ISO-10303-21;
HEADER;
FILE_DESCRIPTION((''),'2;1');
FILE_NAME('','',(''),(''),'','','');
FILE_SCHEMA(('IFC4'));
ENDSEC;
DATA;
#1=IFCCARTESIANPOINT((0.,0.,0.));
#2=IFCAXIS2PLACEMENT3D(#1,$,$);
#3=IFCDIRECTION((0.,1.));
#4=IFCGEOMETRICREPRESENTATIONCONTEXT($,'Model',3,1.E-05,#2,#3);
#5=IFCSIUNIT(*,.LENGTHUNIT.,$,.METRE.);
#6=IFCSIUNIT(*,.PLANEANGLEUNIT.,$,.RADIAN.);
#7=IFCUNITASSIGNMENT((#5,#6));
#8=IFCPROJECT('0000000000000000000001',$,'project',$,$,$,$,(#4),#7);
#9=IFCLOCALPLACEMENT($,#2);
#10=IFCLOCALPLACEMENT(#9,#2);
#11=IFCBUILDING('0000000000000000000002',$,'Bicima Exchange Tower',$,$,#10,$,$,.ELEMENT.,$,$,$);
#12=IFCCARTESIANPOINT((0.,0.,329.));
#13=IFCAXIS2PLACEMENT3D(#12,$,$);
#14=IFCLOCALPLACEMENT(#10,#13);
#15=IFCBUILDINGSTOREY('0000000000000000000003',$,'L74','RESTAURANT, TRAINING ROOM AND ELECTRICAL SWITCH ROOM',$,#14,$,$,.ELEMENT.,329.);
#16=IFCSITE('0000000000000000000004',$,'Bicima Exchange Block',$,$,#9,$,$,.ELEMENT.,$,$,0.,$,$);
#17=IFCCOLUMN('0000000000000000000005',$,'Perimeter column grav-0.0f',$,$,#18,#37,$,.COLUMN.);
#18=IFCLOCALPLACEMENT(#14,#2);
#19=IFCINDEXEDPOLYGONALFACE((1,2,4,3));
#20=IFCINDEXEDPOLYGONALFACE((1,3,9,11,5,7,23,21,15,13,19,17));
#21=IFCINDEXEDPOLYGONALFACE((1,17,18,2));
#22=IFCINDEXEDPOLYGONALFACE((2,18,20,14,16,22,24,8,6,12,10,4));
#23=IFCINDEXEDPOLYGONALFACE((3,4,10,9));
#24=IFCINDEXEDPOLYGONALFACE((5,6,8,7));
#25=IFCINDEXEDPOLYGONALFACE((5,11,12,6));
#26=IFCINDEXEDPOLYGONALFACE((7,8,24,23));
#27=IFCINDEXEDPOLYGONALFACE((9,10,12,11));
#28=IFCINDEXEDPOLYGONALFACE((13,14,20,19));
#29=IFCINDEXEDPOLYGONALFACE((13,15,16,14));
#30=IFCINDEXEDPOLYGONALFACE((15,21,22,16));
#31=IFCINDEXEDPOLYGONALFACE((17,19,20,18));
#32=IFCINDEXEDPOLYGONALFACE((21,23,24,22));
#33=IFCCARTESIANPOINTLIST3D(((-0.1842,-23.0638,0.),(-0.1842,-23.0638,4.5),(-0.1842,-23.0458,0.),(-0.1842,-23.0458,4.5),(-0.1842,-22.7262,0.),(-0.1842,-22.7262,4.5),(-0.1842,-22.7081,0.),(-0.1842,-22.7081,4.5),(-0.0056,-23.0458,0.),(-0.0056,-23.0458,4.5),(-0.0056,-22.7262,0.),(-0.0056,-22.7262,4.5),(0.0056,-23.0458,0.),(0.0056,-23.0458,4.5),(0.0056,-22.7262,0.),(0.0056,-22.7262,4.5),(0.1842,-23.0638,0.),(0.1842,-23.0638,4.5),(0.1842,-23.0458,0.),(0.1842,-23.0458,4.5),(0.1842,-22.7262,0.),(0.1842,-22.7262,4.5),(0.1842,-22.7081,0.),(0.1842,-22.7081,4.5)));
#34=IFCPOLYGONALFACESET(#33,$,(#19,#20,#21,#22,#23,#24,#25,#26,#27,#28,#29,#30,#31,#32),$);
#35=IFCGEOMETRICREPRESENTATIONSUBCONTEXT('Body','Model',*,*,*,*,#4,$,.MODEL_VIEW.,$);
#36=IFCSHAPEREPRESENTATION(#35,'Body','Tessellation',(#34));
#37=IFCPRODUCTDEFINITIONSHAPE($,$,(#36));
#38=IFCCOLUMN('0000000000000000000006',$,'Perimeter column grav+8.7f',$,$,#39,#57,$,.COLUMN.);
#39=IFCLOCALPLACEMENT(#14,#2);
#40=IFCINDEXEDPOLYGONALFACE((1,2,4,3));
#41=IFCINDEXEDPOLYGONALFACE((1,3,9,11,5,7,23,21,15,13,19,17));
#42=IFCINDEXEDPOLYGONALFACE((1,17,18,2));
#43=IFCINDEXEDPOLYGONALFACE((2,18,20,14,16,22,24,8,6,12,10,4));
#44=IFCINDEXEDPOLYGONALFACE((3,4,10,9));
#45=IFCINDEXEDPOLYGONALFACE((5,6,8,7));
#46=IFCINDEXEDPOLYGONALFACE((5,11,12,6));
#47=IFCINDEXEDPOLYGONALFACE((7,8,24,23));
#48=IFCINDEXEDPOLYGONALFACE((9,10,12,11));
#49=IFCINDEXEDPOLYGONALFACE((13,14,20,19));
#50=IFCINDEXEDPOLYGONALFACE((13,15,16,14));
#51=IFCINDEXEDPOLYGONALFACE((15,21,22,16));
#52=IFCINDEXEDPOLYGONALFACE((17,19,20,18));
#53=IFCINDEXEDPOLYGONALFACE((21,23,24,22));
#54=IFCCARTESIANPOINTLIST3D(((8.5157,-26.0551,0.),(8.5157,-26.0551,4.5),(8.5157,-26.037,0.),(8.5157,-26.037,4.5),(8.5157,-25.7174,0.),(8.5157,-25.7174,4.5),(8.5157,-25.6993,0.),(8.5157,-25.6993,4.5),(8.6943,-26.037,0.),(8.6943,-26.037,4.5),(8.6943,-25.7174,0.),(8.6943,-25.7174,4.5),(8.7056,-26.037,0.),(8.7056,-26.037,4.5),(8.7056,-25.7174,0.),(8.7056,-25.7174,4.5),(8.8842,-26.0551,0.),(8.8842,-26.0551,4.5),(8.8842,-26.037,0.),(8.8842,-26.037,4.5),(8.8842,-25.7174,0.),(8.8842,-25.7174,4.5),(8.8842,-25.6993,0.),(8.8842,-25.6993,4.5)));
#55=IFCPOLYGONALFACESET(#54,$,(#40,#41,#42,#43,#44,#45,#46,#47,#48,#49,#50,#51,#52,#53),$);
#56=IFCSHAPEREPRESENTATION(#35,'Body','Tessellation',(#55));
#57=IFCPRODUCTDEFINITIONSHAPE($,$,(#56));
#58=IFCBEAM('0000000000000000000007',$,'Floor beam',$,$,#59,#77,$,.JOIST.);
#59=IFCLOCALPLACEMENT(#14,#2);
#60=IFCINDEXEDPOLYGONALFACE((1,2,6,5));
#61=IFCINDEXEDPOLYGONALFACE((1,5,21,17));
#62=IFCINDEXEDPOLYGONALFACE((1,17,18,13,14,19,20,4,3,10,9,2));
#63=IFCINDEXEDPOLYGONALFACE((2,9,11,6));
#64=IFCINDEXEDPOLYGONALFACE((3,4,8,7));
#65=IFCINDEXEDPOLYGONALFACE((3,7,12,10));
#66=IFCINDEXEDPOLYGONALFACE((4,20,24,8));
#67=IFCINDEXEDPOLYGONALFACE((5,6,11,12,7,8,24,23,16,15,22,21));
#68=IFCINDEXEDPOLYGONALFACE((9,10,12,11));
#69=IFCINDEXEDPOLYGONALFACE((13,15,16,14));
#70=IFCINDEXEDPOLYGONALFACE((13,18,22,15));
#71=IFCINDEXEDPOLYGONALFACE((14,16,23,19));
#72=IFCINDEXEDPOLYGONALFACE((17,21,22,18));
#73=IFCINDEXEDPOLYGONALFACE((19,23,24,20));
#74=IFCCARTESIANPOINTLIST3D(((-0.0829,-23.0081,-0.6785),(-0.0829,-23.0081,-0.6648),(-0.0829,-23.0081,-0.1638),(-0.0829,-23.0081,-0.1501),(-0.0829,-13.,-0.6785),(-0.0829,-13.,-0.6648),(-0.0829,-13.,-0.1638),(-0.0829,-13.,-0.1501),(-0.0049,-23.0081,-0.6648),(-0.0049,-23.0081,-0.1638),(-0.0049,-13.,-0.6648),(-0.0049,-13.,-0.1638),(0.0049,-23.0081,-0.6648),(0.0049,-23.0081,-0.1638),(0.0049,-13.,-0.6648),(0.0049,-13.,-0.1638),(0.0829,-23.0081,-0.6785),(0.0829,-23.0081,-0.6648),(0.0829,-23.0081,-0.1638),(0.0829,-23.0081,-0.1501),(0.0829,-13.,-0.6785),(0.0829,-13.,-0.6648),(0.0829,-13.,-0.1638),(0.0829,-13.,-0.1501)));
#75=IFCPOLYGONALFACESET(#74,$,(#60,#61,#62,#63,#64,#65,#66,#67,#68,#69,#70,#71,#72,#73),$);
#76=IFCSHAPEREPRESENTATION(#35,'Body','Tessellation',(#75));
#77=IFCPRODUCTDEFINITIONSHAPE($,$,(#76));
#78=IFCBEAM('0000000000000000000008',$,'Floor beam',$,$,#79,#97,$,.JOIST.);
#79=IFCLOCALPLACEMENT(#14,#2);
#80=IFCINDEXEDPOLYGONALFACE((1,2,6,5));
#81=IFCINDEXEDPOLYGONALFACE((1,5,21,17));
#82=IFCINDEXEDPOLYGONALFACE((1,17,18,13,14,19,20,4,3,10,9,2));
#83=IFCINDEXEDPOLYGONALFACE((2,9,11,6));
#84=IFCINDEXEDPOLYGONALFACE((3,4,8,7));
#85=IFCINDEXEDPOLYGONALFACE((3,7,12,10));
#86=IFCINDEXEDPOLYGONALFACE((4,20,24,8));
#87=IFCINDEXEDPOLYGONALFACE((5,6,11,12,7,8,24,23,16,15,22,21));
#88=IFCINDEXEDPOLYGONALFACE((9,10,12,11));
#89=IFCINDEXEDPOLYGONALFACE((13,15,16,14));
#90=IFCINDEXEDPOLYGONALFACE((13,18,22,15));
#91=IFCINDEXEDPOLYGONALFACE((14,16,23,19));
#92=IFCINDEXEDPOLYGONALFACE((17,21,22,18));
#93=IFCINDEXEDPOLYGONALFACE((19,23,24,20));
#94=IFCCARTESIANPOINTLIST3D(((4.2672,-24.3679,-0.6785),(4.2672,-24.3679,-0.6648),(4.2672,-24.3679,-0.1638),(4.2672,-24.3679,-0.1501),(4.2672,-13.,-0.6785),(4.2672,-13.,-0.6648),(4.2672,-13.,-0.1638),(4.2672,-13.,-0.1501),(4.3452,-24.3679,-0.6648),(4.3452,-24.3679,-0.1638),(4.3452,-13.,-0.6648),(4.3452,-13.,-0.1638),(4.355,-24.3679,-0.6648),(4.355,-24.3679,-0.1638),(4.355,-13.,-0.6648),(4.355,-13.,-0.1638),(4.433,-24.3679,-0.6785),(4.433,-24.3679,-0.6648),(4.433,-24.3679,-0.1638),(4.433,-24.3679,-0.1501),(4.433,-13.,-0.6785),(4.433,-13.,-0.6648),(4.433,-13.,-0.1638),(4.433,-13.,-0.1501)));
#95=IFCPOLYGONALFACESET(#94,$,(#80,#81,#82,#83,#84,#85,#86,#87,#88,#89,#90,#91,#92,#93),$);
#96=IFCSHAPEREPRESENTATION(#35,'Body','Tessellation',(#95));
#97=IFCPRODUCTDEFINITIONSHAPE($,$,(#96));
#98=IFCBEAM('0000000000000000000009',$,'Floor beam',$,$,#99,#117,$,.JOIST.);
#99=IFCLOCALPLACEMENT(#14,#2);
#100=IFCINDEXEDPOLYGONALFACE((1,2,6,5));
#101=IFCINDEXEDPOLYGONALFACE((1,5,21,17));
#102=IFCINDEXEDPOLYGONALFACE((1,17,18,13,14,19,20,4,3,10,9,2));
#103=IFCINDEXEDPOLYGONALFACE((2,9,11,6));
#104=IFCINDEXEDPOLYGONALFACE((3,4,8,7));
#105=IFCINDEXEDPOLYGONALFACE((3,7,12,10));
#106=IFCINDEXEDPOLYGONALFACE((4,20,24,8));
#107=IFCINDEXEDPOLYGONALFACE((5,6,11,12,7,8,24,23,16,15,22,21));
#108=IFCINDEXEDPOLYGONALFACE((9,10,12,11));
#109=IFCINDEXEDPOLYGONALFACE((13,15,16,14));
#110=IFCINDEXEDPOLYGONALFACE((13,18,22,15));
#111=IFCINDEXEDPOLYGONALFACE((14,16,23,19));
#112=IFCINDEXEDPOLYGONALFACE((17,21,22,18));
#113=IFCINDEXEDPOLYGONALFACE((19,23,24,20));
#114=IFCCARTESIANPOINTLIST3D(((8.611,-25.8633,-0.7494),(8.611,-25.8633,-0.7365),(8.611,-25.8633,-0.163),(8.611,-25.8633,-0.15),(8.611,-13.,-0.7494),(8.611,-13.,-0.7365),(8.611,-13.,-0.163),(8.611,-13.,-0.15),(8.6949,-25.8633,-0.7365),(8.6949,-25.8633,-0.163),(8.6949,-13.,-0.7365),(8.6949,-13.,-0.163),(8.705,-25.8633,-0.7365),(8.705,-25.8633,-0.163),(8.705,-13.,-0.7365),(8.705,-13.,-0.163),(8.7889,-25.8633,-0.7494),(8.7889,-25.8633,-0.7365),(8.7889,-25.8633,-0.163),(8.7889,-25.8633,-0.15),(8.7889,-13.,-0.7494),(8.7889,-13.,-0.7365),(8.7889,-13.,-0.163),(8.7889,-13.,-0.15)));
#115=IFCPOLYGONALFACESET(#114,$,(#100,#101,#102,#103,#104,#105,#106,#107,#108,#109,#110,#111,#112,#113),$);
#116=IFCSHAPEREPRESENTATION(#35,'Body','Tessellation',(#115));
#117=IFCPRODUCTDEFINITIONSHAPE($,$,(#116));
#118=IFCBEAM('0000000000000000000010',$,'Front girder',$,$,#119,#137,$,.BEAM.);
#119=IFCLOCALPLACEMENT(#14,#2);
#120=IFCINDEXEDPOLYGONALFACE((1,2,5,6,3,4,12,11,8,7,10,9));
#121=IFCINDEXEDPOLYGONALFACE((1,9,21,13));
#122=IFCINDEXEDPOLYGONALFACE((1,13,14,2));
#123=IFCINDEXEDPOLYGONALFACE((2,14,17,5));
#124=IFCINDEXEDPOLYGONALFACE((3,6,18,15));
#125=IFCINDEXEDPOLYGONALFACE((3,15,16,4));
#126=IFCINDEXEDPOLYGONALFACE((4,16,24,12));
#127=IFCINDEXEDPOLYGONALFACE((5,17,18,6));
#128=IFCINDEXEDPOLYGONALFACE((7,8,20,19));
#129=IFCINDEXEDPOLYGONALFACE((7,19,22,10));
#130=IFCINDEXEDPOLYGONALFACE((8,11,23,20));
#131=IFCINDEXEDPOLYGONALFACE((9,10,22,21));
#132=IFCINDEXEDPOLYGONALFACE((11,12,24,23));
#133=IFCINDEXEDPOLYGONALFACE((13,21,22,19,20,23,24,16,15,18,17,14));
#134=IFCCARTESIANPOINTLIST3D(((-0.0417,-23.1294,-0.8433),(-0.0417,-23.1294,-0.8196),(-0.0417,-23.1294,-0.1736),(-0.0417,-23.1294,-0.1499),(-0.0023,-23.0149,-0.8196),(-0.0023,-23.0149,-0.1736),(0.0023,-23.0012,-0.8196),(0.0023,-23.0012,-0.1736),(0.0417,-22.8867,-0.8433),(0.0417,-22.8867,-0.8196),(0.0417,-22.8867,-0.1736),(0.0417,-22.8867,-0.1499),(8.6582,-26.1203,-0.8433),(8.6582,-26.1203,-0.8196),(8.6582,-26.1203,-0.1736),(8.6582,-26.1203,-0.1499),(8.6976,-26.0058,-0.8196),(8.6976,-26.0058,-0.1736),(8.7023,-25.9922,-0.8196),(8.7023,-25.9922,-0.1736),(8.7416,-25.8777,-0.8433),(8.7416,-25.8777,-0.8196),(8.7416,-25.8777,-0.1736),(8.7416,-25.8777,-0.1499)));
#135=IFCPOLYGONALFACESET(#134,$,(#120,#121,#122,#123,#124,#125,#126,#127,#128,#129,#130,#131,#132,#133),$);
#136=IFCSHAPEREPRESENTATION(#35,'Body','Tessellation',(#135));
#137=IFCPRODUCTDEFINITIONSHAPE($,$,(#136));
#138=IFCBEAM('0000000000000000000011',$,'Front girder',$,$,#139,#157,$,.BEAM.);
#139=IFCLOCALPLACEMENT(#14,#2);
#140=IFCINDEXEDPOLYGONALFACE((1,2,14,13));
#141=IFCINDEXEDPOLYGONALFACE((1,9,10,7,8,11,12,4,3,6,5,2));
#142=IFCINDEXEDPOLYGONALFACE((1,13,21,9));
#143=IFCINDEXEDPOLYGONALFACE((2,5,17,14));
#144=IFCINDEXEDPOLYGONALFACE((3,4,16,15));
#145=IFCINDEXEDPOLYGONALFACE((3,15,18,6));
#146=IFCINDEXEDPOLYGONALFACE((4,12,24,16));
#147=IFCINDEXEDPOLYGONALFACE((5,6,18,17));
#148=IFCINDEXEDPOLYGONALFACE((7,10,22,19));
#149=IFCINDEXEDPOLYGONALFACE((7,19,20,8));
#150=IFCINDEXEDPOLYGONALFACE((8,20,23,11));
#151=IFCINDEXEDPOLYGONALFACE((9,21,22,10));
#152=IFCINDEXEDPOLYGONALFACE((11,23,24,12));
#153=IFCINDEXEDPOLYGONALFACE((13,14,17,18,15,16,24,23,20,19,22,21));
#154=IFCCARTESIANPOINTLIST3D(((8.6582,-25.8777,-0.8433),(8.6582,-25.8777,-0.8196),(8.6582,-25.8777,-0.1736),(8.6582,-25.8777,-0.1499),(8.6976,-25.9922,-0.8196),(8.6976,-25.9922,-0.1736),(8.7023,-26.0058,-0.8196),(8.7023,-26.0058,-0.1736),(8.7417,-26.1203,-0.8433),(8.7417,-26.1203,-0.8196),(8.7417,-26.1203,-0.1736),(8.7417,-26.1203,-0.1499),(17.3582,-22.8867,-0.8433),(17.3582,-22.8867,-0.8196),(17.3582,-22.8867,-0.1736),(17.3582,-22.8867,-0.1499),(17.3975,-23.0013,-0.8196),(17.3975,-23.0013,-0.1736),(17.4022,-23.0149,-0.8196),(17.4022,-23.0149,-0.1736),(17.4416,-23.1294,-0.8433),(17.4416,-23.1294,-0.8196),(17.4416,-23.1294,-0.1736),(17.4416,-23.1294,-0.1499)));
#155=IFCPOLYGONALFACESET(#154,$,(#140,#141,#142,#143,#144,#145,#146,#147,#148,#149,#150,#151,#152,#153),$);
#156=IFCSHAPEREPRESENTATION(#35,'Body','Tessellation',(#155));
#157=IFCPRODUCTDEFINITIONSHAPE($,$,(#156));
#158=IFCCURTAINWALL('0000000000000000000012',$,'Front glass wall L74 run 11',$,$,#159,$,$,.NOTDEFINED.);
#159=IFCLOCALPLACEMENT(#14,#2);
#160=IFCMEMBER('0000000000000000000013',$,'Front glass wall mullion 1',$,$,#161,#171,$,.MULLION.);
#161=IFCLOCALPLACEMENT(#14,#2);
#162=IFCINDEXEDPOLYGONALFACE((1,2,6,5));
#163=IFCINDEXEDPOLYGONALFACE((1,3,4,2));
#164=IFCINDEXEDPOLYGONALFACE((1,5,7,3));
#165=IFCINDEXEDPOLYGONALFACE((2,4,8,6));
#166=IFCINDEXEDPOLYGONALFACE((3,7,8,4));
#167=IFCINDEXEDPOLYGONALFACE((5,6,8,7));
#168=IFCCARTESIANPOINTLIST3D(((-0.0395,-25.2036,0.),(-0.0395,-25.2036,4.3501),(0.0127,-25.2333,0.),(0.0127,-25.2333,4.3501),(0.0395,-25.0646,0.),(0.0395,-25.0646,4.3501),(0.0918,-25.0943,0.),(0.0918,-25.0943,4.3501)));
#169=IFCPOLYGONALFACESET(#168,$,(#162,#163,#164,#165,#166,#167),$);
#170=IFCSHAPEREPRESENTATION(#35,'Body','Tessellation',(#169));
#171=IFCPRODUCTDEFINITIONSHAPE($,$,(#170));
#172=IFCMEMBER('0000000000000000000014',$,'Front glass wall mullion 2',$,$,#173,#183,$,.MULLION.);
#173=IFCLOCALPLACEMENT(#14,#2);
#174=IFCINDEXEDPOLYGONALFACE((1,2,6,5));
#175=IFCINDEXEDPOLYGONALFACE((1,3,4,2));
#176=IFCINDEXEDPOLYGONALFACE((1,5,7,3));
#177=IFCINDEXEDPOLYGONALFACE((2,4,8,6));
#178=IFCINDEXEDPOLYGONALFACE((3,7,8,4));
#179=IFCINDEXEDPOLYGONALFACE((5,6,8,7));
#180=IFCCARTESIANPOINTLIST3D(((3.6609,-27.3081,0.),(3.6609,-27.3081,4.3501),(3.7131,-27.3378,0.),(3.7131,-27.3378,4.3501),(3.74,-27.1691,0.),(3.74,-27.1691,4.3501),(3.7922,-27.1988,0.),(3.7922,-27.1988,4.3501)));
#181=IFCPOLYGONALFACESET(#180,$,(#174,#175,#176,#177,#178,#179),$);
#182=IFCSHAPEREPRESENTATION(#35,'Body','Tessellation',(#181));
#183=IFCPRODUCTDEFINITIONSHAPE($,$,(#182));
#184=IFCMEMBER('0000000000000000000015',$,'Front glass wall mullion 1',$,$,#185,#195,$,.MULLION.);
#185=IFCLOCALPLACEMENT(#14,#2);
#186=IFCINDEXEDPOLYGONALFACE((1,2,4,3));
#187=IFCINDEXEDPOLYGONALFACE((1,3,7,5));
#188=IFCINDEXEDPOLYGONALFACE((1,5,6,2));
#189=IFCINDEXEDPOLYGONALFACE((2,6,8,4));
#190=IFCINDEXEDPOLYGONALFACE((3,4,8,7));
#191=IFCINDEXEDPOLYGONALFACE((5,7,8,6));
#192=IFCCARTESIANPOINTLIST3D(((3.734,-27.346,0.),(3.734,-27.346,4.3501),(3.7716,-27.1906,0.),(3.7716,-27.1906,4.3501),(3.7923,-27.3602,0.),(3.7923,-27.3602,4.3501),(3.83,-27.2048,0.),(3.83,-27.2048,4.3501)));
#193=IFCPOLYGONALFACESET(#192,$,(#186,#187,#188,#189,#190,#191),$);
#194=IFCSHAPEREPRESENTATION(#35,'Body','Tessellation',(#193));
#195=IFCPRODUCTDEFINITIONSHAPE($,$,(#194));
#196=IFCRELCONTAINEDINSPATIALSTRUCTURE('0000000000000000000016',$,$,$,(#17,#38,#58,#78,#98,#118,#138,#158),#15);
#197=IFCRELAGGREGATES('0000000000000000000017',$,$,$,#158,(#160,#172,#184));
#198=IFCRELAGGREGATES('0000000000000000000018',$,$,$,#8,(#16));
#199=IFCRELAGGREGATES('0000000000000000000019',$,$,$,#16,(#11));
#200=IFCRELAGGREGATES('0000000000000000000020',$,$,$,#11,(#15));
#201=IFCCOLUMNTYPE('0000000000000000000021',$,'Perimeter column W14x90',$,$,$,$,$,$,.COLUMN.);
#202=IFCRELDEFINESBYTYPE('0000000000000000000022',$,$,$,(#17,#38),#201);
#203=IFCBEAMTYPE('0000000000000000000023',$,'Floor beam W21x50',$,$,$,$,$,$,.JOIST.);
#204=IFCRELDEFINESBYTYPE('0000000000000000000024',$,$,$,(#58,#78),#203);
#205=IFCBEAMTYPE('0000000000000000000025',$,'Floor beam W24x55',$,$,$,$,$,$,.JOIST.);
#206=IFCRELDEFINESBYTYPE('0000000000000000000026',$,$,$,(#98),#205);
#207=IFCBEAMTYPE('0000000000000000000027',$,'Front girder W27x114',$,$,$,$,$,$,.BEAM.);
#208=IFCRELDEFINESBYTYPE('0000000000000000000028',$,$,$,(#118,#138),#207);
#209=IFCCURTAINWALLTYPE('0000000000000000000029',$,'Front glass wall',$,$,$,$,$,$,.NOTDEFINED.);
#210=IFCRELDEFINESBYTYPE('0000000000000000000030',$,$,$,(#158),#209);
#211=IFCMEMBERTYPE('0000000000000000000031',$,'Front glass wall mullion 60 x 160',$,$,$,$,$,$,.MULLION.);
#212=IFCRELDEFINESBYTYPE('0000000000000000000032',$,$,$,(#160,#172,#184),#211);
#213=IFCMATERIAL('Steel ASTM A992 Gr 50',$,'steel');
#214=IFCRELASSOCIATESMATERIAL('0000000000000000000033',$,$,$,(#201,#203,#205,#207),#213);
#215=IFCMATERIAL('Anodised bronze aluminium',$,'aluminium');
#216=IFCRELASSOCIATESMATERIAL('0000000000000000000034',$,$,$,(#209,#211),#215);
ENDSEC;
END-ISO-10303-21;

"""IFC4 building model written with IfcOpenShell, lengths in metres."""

from ifc_helpers import new_model, si_unit, direction, frame, origin, origin_2d, place, context, subcontext, project, spatial, rectangle, i_section, extrude, material, material_profile, profile_set, type_object, element, aggregate, save


model = new_model("IFC4")

# Units and contexts
model_context = context("Model", 3, precision=1e-05, world=origin(), true_north=direction((0.0, 1.0)))
body_context = subcontext(model_context, "Body", "Model", "MODEL_VIEW")
ifc_project = project(units=[si_unit("LENGTHUNIT", "METRE"), si_unit("PLANEANGLEUNIT", "RADIAN")], contexts=[model_context])

# Site, building, storey
site_placement = place(None, origin())
site = spatial("IfcSite", under=ifc_project, at=site_placement, Name="Bicima Exchange Block", CompositionType="ELEMENT", RefElevation=0.0)
building_placement = place(site_placement, origin())
building = spatial("IfcBuilding", under=site, at=building_placement, Name="Bicima Exchange Tower", CompositionType="ELEMENT")
storey_placement = place(building_placement, frame((0.0, 0.0, 329.0)))
storey = spatial("IfcBuildingStorey", under=building, at=storey_placement, Name="L74", Description="RESTAURANT, TRAINING ROOM AND ELECTRICAL SWITCH ROOM", CompositionType="ELEMENT", Elevation=329.0)

# Columns
ifc_material_1 = material(Name="Steel ASTM A992 Gr 50", Category="steel")
ifc_material_profile_1 = material_profile(ifc_material_1, i_section(OverallWidth=0.3684, OverallDepth=0.3557, WebThickness=0.0112, FlangeThickness=0.0181, at=origin_2d()))
ifc_profile_set_1 = profile_set([ifc_material_profile_1], Name="Steel ASTM A992 Gr 50")
column_type = type_object("IfcColumnType", Name="Perimeter column W14x90", PredefinedType="COLUMN", material=ifc_profile_set_1)
for number, where, z_axis, x_axis, name in (
    (1, (0.0, -22.886, 0.0), (0.0, 0.0, 1.0), (1.0, 0.0, 0.0), "Perimeter column grav-0.0f"),
    (2, (8.7, -25.8772, 0.0), (0.0, 0.0, 1.0), (1.0, 0.0, 0.0), "Perimeter column grav+8.7f"),
):
    element("IfcColumn", number, at=place(storey_placement, frame(where, z_axis=z_axis, x_axis=x_axis)), inside=storey, type_object=column_type, Name=name, PredefinedType="COLUMN", context=body_context, shape_type="SweptSolid", body=[
        extrude(i_section(OverallWidth=0.3684, OverallDepth=0.3557, WebThickness=0.0112, FlangeThickness=0.0181, at=origin_2d()), origin(), (0.0, 0.0, 1.0), 4.5),
    ])

# Beams
ifc_material_profile_2 = material_profile(ifc_material_1, i_section(OverallWidth=0.1658, OverallDepth=0.5283, WebThickness=0.0098, FlangeThickness=0.0137, at=origin_2d()))
ifc_profile_set_2 = profile_set([ifc_material_profile_2], Name="Steel ASTM A992 Gr 50")
beam_type_1 = type_object("IfcBeamType", Name="Floor beam W21x50", PredefinedType="JOIST", material=ifc_profile_set_2)
beam_1_placement = place(storey_placement, frame((0.0, -13.0, -0.4143), z_axis=(0.0, -1.0, 0.0), x_axis=(1.0, 0.0, 0.0)))
element("IfcBeam", 3, at=beam_1_placement, inside=storey, type_object=beam_type_1, Name="Floor beam", PredefinedType="JOIST", context=body_context, shape_type="SweptSolid", body=[
    extrude(i_section(OverallWidth=0.1658, OverallDepth=0.5283, WebThickness=0.0098, FlangeThickness=0.0137, at=origin_2d()), origin(), (0.0, 0.0, 1.0), 10.0081),
])
beam_2_placement = place(storey_placement, frame((4.3501, -13.0, -0.4143), z_axis=(0.0, -1.0, 0.0), x_axis=(1.0, 0.0, 0.0)))
element("IfcBeam", 4, at=beam_2_placement, inside=storey, type_object=beam_type_1, Name="Floor beam", PredefinedType="JOIST", context=body_context, shape_type="SweptSolid", body=[
    extrude(i_section(OverallWidth=0.1658, OverallDepth=0.5283, WebThickness=0.0098, FlangeThickness=0.0137, at=origin_2d()), origin(), (0.0, 0.0, 1.0), 11.3679),
])
ifc_material_profile_3 = material_profile(ifc_material_1, i_section(OverallWidth=0.178, OverallDepth=0.5994, WebThickness=0.01, FlangeThickness=0.0129, at=origin_2d()))
ifc_profile_set_3 = profile_set([ifc_material_profile_3], Name="Steel ASTM A992 Gr 50")
beam_type_2 = type_object("IfcBeamType", Name="Floor beam W24x55", PredefinedType="JOIST", material=ifc_profile_set_3)
beam_3_placement = place(storey_placement, frame((8.7, -13.0, -0.4497), z_axis=(0.0, -1.0, 0.0), x_axis=(1.0, 0.0, 0.0)))
element("IfcBeam", 5, at=beam_3_placement, inside=storey, type_object=beam_type_2, Name="Floor beam", PredefinedType="JOIST", context=body_context, shape_type="SweptSolid", body=[
    extrude(i_section(OverallWidth=0.178, OverallDepth=0.5994, WebThickness=0.01, FlangeThickness=0.0129, at=origin_2d()), origin(), (0.0, 0.0, 1.0), 12.8633),
])
ifc_material_profile_4 = material_profile(ifc_material_1, i_section(OverallWidth=0.2566, OverallDepth=0.6934, WebThickness=0.0144, FlangeThickness=0.0237, at=origin_2d()))
ifc_profile_set_4 = profile_set([ifc_material_profile_4], Name="Steel ASTM A992 Gr 50")
beam_type_3 = type_object("IfcBeamType", Name="Front girder W27x114", PredefinedType="BEAM", material=ifc_profile_set_4)
for number, where, z_axis, x_axis, name in (
    (6, (0.0, -23.0081, -0.4966), (0.945675, -0.325115, 0.0), (0.325115, 0.945675, 0.0), "Front girder"),
    (7, (8.7, -25.999, -0.4966), (0.945675, 0.325115, 0.0), (-0.325115, 0.945675, 0.0), "Front girder"),
):
    element("IfcBeam", number, at=place(storey_placement, frame(where, z_axis=z_axis, x_axis=x_axis)), inside=storey, type_object=beam_type_3, Name=name, PredefinedType="BEAM", context=body_context, shape_type="SweptSolid", body=[
        extrude(i_section(OverallWidth=0.2566, OverallDepth=0.6934, WebThickness=0.0144, FlangeThickness=0.0237, at=origin_2d()), origin(), (0.0, 0.0, 1.0), 9.1997),
    ])

# Curtain wall, members
ifc_material_2 = material(Name="Anodised bronze aluminium", Category="aluminium")
curtain_wall_type = type_object("IfcCurtainWallType", Name="Front glass wall", PredefinedType="NOTDEFINED", material=ifc_material_2)
curtain_wall_placement = place(storey_placement, origin())
curtain_wall = element("IfcCurtainWall", 8, at=curtain_wall_placement, inside=storey, type_object=curtain_wall_type, Name="Front glass wall L74 run 11", PredefinedType="NOTDEFINED")
ifc_material_profile_5 = material_profile(ifc_material_2, rectangle(XDim=0.1599, YDim=0.0601, at=origin_2d()))
ifc_profile_set_5 = profile_set([ifc_material_profile_5], Name="Anodised bronze aluminium")
member_type_1 = type_object("IfcMemberType", Name="Front glass wall mullion 60 x 160", PredefinedType="MULLION", material=ifc_profile_set_5)
member_1_placement = place(storey_placement, frame((0.0261, -25.1489, 0.0), z_axis=(0.0, 0.0, 1.0), x_axis=(0.49433, 0.869274, 0.0)))
member_1 = element("IfcMember", 9, at=member_1_placement, type_object=member_type_1, Name="Front glass wall mullion 1", PredefinedType="MULLION", context=body_context, shape_type="SweptSolid", body=[
    extrude(rectangle(XDim=0.1599, YDim=0.0601, at=origin_2d()), origin(), (0.0, 0.0, 1.0), 4.3501),
])
member_2_placement = place(storey_placement, frame((3.7266, -27.2534, 0.0), z_axis=(0.0, 0.0, 1.0), x_axis=(0.49433, 0.869274, 0.0)))
member_2 = element("IfcMember", 10, at=member_2_placement, type_object=member_type_1, Name="Front glass wall mullion 2", PredefinedType="MULLION", context=body_context, shape_type="SweptSolid", body=[
    extrude(rectangle(XDim=0.1599, YDim=0.0601, at=origin_2d()), origin(), (0.0, 0.0, 1.0), 4.3501),
])
member_3_placement = place(storey_placement, frame((3.782, -27.2754, 0.0), z_axis=(0.0, 0.0, 1.0), x_axis=(0.235682, 0.97183, 0.0)))
member_3 = element("IfcMember", 11, at=member_3_placement, type_object=member_type_1, Name="Front glass wall mullion 1", PredefinedType="MULLION", context=body_context, shape_type="SweptSolid", body=[
    extrude(rectangle(XDim=0.1599, YDim=0.0601, at=origin_2d()), origin(), (0.0, 0.0, 1.0), 4.3501),
])
aggregate(curtain_wall, [member_1, member_2, member_3])

save(model, "model.ifc")
